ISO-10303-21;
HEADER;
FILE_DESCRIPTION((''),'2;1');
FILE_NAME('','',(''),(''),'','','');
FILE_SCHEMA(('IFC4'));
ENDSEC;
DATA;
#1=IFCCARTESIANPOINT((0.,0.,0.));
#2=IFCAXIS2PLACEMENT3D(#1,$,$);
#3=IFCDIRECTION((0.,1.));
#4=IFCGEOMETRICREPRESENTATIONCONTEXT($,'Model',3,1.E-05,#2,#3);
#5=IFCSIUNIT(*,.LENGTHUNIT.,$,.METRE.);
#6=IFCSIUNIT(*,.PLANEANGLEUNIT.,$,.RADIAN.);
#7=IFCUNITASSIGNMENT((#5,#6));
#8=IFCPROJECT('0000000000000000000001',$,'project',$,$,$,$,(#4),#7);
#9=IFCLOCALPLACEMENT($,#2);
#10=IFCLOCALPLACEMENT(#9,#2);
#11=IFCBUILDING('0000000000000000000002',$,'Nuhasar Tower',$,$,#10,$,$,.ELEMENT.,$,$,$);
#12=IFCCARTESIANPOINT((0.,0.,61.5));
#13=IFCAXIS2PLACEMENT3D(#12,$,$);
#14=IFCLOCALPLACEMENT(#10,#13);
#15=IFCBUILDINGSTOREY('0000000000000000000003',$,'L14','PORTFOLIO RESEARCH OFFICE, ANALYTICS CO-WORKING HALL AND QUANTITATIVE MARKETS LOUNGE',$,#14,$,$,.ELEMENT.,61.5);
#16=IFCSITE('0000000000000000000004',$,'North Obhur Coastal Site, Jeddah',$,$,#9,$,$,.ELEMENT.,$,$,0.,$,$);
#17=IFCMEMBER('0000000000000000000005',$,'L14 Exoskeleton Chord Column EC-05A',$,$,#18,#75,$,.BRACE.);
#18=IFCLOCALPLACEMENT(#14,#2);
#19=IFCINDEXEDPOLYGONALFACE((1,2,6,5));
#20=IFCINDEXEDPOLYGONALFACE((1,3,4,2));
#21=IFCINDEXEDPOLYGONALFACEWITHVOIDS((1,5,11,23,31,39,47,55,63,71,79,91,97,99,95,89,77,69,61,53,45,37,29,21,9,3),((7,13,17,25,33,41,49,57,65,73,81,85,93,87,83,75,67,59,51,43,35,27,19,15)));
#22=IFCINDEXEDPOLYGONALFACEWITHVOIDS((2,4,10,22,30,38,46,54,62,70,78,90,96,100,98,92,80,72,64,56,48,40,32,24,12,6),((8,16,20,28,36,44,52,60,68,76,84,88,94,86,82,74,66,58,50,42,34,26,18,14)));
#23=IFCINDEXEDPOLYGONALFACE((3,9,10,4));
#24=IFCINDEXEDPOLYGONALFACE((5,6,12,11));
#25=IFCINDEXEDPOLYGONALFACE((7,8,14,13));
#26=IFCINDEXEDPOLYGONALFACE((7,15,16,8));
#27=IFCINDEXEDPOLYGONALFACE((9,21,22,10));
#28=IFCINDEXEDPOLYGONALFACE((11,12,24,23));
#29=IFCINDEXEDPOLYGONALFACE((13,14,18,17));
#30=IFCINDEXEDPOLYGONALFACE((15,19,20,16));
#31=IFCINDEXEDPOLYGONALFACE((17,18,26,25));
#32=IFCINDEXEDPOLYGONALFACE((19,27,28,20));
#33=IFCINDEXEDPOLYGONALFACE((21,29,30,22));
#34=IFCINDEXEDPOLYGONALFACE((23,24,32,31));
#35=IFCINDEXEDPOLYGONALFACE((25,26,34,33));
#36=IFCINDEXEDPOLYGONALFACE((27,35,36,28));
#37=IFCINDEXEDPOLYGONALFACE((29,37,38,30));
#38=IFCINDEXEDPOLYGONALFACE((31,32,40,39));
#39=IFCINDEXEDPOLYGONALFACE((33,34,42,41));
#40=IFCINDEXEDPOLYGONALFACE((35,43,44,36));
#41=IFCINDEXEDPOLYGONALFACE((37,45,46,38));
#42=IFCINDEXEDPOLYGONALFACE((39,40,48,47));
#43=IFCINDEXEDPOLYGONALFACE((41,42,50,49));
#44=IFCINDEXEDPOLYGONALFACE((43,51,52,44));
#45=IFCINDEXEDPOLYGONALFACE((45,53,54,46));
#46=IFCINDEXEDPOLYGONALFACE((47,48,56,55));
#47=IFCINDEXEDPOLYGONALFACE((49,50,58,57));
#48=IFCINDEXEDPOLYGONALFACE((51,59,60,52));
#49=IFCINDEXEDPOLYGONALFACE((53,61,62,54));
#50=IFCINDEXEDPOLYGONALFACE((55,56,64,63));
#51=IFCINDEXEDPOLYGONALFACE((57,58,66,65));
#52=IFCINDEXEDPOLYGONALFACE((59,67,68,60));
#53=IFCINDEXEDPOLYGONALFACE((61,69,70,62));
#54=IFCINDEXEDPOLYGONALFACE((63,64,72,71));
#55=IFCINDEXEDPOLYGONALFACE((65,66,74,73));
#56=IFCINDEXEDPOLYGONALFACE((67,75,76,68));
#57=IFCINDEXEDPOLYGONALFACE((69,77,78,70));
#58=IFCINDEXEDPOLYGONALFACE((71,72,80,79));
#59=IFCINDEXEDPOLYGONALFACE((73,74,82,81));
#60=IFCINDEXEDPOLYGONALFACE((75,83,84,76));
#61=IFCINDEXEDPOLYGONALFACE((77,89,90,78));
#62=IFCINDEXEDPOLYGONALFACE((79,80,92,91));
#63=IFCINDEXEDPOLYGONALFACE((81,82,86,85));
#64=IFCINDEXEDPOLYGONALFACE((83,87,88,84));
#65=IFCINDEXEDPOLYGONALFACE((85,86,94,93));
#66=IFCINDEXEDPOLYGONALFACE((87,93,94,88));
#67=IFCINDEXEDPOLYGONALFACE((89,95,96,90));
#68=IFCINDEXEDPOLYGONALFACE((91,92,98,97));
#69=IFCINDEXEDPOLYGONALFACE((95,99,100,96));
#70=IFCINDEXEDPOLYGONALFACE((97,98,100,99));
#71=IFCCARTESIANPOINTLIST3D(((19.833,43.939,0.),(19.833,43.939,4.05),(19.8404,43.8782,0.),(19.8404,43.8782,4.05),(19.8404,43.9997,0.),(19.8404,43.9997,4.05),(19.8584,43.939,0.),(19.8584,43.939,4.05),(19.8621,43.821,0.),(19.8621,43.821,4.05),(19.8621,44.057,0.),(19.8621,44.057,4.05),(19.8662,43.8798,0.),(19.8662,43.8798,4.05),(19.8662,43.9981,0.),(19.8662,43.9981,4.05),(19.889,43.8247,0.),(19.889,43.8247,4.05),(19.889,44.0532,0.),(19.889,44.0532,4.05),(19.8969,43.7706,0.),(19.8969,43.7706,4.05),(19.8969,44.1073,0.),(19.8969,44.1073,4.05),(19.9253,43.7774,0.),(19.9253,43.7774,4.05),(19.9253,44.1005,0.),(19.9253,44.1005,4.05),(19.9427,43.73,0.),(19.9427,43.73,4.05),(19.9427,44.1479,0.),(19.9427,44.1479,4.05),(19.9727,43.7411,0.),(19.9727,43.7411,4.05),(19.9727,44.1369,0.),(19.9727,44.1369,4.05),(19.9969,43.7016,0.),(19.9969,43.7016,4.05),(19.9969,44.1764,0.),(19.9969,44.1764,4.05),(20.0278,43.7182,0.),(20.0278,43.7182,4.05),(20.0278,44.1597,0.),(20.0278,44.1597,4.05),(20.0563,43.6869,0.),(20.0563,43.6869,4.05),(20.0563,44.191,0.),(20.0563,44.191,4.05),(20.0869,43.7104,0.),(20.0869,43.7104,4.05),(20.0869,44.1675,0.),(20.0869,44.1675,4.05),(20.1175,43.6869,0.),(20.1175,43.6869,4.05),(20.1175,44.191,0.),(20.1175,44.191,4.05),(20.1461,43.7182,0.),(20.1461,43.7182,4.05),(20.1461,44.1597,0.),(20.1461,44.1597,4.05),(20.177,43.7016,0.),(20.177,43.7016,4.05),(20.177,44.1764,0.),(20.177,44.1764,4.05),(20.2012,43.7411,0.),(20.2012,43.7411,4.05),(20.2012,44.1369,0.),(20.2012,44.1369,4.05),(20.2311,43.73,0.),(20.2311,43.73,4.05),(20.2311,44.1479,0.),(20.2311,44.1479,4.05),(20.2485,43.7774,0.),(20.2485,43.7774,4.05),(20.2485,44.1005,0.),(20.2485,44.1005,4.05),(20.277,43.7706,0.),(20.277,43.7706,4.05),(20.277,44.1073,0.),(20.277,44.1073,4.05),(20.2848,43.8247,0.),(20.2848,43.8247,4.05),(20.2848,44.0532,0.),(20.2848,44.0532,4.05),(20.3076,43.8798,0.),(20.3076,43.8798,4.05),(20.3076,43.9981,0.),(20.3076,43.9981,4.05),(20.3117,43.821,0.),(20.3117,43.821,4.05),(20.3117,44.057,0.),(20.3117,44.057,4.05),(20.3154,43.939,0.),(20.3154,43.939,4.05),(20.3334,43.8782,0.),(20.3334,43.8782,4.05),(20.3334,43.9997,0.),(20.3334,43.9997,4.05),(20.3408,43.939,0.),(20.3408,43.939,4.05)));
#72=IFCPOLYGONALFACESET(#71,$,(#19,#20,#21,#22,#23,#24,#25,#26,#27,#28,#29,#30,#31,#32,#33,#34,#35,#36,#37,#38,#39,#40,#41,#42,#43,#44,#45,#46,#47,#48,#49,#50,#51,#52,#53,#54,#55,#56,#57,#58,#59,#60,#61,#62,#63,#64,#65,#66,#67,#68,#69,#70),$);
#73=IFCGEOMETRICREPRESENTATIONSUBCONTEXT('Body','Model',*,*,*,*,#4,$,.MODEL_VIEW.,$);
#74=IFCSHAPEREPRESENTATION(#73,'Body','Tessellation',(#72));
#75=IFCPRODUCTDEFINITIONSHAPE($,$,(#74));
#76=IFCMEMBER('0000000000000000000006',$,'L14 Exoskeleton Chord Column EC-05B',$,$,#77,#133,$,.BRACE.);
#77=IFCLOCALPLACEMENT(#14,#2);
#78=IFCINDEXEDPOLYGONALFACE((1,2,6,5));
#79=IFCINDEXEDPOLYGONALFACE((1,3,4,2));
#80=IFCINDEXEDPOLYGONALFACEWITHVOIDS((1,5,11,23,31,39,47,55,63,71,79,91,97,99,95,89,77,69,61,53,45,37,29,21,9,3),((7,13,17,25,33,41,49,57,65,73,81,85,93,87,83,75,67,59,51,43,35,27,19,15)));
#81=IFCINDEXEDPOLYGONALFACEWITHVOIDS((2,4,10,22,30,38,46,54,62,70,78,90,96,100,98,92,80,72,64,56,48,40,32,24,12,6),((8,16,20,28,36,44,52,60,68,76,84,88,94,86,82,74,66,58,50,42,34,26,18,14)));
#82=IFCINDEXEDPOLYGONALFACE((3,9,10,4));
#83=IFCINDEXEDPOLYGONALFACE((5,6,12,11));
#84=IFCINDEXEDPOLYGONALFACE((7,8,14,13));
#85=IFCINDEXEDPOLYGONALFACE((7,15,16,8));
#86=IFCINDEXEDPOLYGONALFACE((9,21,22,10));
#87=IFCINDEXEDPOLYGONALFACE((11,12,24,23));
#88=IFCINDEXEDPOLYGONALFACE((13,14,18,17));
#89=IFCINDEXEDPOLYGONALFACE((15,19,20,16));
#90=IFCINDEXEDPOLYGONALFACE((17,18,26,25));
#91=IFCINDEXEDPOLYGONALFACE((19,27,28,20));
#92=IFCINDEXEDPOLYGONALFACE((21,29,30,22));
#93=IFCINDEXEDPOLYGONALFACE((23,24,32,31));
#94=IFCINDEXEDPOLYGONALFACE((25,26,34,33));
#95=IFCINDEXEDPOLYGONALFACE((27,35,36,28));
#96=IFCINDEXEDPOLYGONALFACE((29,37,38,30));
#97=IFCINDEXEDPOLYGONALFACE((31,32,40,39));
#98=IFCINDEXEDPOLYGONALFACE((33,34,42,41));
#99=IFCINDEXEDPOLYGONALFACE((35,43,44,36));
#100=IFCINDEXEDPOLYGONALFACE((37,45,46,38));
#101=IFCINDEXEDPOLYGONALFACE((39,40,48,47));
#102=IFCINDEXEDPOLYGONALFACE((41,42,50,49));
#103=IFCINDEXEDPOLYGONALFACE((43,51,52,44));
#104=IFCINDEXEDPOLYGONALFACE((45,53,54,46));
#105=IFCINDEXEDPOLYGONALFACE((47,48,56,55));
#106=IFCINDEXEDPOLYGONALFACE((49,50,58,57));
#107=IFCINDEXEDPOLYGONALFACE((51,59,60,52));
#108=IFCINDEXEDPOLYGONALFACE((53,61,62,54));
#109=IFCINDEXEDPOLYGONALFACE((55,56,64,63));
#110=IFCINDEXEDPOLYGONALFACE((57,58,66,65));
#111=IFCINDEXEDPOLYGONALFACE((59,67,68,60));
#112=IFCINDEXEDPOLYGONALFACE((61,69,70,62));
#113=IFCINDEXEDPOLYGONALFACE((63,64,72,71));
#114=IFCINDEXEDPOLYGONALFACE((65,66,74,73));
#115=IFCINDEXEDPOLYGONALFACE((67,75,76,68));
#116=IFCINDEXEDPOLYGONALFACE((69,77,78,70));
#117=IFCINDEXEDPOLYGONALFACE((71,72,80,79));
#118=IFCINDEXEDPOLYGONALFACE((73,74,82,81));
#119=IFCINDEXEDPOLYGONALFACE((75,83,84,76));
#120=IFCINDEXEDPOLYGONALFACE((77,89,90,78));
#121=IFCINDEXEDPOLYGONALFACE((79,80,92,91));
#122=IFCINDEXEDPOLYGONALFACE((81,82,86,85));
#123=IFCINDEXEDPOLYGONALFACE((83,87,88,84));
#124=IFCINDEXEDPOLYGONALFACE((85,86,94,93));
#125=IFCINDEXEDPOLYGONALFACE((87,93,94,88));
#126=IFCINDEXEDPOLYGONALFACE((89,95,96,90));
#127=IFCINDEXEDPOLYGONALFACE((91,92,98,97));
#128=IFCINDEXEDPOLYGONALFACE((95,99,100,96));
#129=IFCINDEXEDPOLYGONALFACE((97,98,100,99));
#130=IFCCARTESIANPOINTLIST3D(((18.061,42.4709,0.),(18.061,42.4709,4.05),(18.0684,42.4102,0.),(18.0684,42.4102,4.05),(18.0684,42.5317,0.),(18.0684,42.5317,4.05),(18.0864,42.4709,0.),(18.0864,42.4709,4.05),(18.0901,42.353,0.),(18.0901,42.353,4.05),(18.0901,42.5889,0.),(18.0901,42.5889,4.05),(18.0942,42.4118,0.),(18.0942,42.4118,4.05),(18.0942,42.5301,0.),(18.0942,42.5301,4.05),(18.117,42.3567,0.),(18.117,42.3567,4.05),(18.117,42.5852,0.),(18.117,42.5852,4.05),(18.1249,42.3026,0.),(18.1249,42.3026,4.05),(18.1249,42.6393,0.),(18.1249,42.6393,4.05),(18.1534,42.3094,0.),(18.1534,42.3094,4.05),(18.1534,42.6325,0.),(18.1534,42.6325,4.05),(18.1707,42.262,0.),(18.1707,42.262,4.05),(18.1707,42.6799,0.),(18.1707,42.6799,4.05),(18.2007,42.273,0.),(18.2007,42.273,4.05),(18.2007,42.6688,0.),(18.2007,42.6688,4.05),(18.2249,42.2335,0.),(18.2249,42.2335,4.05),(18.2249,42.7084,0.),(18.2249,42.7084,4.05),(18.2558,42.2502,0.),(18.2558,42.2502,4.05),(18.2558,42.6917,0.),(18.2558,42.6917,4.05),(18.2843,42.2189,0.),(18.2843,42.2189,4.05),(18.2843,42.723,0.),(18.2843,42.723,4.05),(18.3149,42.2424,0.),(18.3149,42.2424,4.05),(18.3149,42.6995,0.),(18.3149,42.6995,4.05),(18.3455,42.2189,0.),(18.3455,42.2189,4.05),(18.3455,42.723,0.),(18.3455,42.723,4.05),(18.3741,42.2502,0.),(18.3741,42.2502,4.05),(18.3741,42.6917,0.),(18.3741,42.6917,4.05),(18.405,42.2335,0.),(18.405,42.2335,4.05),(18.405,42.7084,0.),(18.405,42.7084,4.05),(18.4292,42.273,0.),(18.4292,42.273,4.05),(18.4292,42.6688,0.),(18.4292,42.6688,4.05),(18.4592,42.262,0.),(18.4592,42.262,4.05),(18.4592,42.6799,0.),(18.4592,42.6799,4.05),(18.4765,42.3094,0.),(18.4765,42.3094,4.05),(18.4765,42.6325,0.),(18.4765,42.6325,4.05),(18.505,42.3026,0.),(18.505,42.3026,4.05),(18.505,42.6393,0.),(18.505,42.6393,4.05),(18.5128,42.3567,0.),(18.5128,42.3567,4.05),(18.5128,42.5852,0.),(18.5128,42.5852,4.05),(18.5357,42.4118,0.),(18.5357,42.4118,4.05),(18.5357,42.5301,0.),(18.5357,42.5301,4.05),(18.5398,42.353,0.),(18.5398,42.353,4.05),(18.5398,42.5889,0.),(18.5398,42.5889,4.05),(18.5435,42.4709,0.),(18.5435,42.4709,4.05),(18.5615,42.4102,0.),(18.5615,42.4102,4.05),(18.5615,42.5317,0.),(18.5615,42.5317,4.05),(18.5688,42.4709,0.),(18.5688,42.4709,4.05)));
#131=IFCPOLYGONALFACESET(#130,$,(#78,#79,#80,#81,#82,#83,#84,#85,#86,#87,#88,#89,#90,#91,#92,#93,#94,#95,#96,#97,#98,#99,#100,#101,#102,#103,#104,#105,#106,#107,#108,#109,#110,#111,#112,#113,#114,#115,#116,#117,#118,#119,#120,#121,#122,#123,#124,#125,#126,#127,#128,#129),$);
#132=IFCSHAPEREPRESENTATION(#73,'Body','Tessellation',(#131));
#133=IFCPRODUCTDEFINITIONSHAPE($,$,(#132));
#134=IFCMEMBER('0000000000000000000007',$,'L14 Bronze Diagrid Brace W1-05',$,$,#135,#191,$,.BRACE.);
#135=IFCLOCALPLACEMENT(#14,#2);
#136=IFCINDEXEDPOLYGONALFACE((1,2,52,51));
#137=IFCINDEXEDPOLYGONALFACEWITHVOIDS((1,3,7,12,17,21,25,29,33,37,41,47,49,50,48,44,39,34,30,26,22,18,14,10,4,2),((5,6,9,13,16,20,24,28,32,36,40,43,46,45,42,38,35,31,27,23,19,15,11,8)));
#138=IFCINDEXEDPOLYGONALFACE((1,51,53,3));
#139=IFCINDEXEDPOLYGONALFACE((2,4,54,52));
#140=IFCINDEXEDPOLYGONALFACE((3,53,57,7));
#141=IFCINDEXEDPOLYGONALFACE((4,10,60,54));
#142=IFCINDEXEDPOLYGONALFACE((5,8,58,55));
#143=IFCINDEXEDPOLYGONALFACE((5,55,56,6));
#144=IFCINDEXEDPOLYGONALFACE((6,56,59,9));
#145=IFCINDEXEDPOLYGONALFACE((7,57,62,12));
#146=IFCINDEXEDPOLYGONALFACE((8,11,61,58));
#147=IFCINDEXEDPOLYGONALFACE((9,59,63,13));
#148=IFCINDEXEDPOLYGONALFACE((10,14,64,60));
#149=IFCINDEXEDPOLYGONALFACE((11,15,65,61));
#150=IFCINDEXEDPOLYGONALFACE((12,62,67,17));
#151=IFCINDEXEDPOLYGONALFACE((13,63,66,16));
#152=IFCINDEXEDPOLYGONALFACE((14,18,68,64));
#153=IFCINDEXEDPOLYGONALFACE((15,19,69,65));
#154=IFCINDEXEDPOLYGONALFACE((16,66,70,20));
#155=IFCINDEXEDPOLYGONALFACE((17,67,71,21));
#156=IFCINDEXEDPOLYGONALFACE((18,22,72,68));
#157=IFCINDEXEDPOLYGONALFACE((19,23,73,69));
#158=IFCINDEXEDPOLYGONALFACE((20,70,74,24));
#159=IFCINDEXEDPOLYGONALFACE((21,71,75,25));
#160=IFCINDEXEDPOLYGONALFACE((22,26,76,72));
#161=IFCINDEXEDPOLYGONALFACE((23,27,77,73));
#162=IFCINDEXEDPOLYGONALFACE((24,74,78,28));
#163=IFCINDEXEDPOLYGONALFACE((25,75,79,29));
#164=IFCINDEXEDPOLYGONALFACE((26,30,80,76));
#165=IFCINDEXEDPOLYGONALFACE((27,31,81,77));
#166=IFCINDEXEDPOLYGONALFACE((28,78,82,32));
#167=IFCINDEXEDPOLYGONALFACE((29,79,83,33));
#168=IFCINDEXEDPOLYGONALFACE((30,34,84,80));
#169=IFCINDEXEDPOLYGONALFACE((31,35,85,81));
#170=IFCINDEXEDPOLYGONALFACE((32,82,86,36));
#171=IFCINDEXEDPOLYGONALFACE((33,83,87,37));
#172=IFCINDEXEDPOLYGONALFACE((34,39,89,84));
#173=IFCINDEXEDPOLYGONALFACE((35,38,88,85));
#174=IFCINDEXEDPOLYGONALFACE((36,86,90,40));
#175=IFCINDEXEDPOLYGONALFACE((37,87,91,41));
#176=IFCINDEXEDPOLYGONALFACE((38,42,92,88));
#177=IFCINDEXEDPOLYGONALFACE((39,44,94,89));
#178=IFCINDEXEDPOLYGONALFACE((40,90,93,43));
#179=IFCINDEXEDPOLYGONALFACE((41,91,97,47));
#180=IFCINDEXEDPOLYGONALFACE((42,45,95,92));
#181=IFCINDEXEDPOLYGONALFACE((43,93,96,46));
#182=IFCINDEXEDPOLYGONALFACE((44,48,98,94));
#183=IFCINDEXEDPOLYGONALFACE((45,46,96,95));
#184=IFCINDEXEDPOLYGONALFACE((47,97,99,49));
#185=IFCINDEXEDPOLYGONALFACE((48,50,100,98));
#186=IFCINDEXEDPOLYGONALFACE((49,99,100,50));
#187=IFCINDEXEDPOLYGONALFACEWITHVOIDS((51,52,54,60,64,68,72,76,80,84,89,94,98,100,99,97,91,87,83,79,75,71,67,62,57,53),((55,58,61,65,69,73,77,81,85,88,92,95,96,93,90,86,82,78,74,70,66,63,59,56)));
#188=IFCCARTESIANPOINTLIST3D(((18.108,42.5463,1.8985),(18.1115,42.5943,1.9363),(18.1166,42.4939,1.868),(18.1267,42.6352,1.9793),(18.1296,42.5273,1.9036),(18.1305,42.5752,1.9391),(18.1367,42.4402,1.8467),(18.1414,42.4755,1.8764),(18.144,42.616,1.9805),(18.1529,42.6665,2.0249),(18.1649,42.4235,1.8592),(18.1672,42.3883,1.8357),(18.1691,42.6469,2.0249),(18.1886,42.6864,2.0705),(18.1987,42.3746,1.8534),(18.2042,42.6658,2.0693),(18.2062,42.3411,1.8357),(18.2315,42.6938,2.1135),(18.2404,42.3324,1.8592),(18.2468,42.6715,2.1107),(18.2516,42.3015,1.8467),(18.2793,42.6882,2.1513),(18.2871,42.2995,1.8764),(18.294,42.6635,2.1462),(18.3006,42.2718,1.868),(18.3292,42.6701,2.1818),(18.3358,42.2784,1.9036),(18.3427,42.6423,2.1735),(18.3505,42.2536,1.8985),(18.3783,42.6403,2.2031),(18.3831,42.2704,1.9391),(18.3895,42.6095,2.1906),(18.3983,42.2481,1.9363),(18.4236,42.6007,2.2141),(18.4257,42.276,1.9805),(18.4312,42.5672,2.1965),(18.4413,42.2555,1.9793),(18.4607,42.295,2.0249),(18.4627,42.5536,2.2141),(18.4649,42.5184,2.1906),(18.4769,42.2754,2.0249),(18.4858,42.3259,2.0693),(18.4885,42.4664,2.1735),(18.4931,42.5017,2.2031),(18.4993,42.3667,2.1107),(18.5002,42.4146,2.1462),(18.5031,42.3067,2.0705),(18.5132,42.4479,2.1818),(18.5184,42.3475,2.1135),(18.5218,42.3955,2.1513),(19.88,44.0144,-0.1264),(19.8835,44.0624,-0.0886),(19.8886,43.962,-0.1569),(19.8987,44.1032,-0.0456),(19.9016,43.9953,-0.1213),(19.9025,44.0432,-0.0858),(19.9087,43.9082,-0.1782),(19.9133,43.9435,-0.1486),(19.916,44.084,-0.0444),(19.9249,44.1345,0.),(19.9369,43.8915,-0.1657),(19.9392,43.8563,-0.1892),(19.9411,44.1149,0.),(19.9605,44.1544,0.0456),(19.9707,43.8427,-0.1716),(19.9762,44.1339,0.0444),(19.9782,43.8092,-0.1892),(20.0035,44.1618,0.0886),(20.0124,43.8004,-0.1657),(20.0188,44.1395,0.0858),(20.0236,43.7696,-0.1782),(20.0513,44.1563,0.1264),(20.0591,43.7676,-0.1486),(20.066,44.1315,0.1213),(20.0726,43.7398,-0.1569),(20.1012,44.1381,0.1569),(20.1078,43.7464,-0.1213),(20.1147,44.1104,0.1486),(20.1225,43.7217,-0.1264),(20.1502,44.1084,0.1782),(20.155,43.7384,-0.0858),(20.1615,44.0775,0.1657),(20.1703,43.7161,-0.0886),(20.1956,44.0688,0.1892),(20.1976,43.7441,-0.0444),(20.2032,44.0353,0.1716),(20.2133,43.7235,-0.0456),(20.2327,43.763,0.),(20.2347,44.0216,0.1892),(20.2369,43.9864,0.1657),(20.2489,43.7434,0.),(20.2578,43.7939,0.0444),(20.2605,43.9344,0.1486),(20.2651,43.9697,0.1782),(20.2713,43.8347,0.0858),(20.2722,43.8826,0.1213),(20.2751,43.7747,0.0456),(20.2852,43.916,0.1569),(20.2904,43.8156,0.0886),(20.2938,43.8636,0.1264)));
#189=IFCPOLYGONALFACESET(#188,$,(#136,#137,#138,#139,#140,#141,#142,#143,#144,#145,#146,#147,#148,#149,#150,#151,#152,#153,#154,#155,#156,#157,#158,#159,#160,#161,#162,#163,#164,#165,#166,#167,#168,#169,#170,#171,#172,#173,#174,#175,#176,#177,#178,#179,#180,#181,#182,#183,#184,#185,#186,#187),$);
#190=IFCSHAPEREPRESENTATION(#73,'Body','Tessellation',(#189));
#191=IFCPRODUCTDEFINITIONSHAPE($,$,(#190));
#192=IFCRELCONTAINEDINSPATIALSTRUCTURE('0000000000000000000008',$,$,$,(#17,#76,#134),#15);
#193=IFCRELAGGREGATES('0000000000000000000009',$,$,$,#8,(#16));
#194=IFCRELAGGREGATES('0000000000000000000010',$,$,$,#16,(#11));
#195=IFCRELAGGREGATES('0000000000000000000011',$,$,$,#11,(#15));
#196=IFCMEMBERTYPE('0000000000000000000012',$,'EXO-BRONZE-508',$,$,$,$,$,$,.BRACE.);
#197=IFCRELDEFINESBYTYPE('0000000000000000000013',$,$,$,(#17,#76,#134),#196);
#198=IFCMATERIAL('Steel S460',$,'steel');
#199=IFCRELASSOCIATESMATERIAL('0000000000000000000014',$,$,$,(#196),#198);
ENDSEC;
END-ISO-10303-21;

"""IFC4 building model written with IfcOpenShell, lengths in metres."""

from ifc_helpers import new_model, si_unit, direction, frame, origin, origin_2d, place, context, subcontext, project, spatial, hollow_circle, extrude, material, material_profile, profile_set, type_object, element, save


model = new_model("IFC4")

# Units and contexts
model_context = context("Model", 3, precision=1e-05, world=origin(), true_north=direction((0.0, 1.0)))
body_context = subcontext(model_context, "Body", "Model", "MODEL_VIEW")
ifc_project = project(units=[si_unit("LENGTHUNIT", "METRE"), si_unit("PLANEANGLEUNIT", "RADIAN")], contexts=[model_context])

# Site, building, storey
site_placement = place(None, origin())
site = spatial("IfcSite", under=ifc_project, at=site_placement, Name="North Obhur Coastal Site, Jeddah", CompositionType="ELEMENT", RefElevation=0.0)
building_placement = place(site_placement, origin())
building = spatial("IfcBuilding", under=site, at=building_placement, Name="Nuhasar Tower", CompositionType="ELEMENT")
storey_placement = place(building_placement, frame((0.0, 0.0, 61.5)))
storey = spatial("IfcBuildingStorey", under=building, at=storey_placement, Name="L14", Description="PORTFOLIO RESEARCH OFFICE, ANALYTICS CO-WORKING HALL AND QUANTITATIVE MARKETS LOUNGE", CompositionType="ELEMENT", Elevation=61.5)

# Members
ifc_material_1 = material(Name="Steel S460", Category="steel")
ifc_material_profile_1 = material_profile(ifc_material_1, hollow_circle(Radius=0.2539, WallThickness=0.0254, at=origin_2d()), Name="HSS508X25.4")
ifc_profile_set_1 = profile_set([ifc_material_profile_1], Name="Steel S460")
member_type_1 = type_object("IfcMemberType", Name="EXO-BRONZE-508", PredefinedType="BRACE", material=ifc_profile_set_1)
for number, where, z_axis, x_axis, name in (
    (1, (20.0869, 43.939, 0.0), (0.0, 0.0, 1.0), (1.0, 0.0, 0.0), "L14 Exoskeleton Chord Column EC-05A"),
    (2, (18.3149, 42.4709, 0.0), (0.0, 0.0, 1.0), (1.0, 0.0, 0.0), "L14 Exoskeleton Chord Column EC-05B"),
):
    element("IfcMember", number, at=place(storey_placement, frame(where, z_axis=z_axis, x_axis=x_axis)), inside=storey, type_object=member_type_1, Name=name, PredefinedType="BRACE", context=body_context, shape_type="SweptSolid", body=[
        extrude(hollow_circle(Radius=0.2539, WallThickness=0.0254, at=origin_2d()), origin(), (0.0, 0.0, 1.0), 4.05),
    ])
member_1_placement = place(storey_placement, frame((20.0869, 43.939, 0.0), z_axis=(-0.578102, -0.478937, 0.660619), x_axis=(0.637969, -0.770062, 0.0)))
element("IfcMember", 3, at=member_1_placement, inside=storey, type_object=member_type_1, Name="L14 Bronze Diagrid Brace W1-05", PredefinedType="BRACE", context=body_context, shape_type="SweptSolid", body=[
    extrude(hollow_circle(Radius=0.2539, WallThickness=0.0254, at=origin_2d()), origin(), (0.0, 0.0, 1.0), 3.0652),
])

save(model, "model.ifc")
